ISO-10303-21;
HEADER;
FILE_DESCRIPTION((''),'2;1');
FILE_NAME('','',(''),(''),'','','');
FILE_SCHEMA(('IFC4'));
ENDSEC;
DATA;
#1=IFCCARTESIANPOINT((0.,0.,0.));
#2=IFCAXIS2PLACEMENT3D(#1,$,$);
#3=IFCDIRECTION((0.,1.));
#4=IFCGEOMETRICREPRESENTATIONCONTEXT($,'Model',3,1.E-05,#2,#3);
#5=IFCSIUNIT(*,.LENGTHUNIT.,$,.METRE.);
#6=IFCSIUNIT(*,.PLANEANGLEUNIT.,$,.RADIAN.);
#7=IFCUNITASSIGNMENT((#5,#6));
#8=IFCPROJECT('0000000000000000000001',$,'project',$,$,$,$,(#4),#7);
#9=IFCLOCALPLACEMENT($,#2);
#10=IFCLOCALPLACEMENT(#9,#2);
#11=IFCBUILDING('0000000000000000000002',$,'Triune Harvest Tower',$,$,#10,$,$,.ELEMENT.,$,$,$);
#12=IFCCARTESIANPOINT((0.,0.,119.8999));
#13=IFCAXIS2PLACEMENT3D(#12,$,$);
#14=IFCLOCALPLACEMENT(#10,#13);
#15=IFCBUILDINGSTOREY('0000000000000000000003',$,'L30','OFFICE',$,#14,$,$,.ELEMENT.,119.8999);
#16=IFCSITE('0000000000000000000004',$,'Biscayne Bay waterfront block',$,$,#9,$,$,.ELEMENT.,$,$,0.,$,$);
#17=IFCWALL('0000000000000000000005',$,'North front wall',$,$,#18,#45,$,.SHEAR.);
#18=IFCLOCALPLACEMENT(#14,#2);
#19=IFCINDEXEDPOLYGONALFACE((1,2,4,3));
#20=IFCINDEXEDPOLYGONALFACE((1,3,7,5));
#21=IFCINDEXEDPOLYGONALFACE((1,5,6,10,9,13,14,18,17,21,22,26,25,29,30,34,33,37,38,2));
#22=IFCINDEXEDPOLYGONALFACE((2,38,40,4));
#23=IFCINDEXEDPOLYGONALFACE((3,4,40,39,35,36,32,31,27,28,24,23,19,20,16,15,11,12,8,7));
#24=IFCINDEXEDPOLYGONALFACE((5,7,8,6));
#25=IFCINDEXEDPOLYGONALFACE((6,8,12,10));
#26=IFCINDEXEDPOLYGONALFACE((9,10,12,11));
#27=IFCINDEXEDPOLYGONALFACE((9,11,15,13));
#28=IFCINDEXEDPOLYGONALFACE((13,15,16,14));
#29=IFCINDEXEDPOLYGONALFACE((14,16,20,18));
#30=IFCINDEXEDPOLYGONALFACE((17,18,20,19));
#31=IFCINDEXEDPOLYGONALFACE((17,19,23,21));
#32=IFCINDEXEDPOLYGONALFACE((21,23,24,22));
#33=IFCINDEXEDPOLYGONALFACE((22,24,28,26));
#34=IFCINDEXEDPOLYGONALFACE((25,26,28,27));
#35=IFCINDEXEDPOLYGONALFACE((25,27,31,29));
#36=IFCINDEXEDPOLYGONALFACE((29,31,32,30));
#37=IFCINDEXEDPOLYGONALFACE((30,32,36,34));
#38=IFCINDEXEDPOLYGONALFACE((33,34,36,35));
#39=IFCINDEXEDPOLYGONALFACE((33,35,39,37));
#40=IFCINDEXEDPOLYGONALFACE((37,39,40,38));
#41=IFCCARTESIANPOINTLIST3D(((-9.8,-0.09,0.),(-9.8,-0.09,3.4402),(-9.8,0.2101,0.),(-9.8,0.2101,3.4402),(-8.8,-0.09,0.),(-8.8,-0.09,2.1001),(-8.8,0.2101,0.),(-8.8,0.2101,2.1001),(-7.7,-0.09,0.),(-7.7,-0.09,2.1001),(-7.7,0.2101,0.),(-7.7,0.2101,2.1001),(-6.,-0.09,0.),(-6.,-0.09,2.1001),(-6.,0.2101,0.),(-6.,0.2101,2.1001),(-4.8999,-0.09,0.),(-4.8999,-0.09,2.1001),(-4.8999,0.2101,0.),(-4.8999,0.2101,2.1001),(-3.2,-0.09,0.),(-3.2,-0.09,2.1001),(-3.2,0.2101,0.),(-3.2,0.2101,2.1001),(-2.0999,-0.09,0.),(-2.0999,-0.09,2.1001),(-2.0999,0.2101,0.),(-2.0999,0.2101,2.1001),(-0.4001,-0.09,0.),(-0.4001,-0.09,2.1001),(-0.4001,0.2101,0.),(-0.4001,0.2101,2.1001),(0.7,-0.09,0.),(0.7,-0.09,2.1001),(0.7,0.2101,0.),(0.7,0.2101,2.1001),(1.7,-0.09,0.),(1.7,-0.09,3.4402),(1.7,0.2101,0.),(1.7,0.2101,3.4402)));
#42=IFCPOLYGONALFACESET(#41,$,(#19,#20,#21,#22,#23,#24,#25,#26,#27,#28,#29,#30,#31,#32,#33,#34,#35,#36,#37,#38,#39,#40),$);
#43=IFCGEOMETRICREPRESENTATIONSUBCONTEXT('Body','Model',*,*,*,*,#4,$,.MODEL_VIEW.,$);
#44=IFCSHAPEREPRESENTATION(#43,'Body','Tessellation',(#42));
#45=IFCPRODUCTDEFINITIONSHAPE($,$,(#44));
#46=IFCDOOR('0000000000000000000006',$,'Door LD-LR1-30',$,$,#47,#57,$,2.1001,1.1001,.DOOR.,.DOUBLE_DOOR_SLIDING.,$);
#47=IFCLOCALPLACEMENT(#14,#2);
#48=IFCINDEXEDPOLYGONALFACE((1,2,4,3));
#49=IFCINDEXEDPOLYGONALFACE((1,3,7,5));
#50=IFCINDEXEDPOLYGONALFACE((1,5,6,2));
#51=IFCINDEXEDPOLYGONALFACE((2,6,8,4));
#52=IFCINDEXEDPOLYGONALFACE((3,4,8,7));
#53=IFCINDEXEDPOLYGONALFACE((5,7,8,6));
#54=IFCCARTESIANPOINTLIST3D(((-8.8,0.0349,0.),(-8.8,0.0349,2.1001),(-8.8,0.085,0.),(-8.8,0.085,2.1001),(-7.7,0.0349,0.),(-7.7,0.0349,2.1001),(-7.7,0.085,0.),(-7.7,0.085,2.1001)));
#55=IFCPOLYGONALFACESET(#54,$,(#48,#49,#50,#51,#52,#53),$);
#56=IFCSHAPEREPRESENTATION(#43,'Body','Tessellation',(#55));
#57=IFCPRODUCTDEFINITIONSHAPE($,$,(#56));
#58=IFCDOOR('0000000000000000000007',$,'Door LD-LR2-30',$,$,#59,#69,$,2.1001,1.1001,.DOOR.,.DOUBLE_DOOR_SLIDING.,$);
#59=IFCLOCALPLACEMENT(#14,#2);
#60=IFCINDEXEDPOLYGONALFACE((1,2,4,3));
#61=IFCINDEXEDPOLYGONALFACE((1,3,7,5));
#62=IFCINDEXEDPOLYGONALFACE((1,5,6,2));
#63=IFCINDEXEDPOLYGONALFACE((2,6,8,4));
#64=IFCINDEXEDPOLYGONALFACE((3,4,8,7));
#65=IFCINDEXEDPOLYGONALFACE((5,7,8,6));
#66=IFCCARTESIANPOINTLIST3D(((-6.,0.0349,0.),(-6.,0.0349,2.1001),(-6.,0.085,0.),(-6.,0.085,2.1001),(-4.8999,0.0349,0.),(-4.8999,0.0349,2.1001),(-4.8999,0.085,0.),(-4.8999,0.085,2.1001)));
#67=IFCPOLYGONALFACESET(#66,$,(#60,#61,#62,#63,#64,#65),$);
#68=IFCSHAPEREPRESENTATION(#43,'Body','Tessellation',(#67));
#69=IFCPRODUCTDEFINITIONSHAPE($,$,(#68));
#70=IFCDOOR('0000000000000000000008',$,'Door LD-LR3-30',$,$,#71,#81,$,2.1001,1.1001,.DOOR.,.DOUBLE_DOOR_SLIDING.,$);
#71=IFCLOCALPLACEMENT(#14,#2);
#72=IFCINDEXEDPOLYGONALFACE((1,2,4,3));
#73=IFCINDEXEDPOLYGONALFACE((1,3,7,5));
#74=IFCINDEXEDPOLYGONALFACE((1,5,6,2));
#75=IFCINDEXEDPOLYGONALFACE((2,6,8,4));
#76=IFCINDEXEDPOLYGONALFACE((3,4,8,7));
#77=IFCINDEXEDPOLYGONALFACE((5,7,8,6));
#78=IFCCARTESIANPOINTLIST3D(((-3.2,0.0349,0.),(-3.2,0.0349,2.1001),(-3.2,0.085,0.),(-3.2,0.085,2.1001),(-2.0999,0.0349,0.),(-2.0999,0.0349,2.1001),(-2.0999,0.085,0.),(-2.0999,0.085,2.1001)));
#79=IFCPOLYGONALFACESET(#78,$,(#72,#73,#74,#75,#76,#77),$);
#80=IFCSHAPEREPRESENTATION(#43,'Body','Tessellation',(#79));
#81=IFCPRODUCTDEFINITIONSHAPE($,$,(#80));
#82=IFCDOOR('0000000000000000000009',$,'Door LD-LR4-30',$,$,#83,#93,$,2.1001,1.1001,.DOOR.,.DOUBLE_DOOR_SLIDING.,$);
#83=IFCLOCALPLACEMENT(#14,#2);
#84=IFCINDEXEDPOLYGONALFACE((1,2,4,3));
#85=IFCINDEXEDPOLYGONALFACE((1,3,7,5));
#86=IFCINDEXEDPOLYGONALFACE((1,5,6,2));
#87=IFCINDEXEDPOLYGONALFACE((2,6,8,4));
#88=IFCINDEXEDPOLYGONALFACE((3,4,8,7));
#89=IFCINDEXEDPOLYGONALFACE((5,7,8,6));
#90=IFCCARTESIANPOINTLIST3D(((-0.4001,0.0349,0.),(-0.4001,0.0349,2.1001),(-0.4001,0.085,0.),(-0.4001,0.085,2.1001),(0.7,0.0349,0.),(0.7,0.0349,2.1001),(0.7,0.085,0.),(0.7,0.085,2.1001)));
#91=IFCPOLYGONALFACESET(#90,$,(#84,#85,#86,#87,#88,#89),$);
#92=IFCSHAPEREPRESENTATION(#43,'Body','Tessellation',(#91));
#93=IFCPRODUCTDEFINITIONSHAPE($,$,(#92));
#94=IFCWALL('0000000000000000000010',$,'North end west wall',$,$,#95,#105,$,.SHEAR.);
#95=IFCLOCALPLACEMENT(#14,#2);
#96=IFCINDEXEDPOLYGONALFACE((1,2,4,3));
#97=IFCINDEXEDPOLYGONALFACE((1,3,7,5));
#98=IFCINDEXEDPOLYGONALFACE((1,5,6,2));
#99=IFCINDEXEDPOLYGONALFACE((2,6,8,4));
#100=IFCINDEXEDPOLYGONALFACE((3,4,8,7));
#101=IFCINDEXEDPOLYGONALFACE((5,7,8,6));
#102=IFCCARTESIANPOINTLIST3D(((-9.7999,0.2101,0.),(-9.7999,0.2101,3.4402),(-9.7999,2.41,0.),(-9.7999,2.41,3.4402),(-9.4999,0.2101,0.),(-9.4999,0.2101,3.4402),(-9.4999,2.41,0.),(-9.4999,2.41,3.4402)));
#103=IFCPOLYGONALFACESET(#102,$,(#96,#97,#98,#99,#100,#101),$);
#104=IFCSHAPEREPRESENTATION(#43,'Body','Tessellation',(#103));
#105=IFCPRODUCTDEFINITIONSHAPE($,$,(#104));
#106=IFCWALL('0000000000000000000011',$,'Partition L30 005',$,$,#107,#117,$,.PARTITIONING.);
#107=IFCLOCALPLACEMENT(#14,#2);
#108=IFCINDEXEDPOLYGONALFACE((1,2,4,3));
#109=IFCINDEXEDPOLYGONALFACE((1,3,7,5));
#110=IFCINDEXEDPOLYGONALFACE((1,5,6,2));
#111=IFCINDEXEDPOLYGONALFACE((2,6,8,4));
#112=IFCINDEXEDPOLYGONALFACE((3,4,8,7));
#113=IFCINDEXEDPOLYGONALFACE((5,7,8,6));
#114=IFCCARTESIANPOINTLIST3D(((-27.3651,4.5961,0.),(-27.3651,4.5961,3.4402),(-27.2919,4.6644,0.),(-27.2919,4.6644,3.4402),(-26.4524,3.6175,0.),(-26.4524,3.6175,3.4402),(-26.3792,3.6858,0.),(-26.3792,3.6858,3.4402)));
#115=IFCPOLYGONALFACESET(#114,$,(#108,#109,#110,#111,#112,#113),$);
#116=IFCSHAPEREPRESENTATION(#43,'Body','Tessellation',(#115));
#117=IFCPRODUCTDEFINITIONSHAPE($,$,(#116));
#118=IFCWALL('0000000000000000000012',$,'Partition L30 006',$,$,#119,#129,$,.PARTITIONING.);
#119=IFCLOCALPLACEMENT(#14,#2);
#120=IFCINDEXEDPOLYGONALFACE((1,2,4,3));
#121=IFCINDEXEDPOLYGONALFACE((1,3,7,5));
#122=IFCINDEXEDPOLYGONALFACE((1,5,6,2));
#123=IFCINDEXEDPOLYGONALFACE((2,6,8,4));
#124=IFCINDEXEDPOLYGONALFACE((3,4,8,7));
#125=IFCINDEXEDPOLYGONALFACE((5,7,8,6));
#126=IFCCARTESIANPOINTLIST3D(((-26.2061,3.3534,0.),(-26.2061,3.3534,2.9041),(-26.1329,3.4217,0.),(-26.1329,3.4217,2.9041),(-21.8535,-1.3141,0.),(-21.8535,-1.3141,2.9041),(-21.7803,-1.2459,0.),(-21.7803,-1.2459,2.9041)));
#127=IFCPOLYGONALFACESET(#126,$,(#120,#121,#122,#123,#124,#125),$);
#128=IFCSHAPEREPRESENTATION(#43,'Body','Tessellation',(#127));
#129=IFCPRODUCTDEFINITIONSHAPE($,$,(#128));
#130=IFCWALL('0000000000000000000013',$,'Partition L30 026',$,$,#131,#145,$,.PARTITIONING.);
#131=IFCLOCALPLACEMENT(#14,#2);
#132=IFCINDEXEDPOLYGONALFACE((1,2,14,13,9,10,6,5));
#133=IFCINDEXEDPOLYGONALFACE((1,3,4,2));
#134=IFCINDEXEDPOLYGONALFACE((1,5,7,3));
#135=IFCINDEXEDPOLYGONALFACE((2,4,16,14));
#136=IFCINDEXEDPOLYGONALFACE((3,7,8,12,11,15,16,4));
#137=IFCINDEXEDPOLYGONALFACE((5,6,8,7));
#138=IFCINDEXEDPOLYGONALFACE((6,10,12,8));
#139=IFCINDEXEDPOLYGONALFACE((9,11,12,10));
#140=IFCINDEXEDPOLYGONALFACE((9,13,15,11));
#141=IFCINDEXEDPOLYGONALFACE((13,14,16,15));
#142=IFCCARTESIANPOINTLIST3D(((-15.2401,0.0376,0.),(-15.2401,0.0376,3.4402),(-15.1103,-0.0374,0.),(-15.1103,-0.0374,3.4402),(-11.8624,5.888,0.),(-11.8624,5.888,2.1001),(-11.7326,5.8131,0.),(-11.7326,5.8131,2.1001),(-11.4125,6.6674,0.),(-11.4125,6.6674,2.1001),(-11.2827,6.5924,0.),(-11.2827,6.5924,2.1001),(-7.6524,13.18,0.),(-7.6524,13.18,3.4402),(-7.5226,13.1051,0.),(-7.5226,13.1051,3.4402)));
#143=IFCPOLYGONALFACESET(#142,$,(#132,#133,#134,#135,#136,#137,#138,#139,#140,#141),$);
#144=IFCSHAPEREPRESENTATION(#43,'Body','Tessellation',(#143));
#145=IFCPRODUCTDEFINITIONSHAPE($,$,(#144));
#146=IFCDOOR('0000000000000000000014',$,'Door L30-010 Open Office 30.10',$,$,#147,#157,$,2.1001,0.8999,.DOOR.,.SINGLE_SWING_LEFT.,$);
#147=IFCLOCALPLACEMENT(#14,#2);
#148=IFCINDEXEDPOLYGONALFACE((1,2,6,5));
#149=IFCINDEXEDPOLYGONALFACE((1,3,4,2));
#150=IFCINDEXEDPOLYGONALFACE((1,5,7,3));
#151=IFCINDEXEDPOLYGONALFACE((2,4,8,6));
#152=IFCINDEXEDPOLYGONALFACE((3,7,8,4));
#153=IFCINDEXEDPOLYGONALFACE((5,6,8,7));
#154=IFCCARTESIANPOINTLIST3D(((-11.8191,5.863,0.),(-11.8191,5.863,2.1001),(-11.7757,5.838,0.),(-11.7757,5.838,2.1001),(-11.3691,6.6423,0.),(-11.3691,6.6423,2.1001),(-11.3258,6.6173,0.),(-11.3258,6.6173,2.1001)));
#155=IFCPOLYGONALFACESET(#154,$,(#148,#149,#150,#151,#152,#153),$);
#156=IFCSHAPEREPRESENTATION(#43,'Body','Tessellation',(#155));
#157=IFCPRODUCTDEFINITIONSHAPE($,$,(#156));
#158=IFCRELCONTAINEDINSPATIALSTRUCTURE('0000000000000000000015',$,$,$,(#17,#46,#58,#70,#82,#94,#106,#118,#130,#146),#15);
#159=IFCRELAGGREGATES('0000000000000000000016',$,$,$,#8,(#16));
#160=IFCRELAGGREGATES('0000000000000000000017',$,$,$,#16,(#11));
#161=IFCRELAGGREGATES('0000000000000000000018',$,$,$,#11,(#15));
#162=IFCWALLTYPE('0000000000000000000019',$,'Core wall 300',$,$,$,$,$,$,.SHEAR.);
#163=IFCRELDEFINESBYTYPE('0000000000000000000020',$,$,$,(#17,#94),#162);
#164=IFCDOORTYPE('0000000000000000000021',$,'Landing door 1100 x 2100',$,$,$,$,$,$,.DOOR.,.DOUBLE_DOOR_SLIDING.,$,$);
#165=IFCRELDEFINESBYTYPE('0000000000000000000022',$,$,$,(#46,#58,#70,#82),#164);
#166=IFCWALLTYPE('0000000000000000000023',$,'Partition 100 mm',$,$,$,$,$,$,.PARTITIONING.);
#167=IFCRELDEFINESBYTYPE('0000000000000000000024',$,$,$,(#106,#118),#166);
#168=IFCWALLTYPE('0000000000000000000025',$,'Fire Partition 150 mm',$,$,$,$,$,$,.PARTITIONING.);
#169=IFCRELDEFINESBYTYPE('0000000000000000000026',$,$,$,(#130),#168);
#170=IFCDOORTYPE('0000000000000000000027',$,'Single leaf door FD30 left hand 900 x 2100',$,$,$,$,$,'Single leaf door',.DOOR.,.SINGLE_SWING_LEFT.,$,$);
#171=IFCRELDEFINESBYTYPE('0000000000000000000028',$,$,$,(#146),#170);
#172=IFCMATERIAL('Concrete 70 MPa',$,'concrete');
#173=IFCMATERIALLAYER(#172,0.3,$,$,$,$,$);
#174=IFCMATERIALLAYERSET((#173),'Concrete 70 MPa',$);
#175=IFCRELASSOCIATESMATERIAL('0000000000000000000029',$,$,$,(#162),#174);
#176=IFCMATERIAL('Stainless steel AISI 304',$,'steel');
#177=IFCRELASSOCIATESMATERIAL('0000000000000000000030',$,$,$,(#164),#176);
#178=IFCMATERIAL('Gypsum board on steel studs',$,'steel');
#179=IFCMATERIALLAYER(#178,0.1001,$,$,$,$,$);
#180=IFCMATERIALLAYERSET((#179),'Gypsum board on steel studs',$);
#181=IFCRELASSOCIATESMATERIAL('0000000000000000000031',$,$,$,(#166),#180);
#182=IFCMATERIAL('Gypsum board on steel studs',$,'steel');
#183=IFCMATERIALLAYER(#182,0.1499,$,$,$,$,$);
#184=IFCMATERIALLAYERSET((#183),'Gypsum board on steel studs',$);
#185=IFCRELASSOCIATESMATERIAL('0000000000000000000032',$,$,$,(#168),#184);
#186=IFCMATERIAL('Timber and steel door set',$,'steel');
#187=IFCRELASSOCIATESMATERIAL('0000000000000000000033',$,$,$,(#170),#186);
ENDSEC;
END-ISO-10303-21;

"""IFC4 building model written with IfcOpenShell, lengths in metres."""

from ifc_helpers import new_model, si_unit, direction, frame, frame_2d, origin, place, context, subcontext, project, spatial, rectangle, extrude, source, transform, mapped, material, layer, layer_set, type_object, element, fill, save


model = new_model("IFC4")

# Units and contexts
model_context = context("Model", 3, precision=1e-05, world=origin(), true_north=direction((0.0, 1.0)))
body_context = subcontext(model_context, "Body", "Model", "MODEL_VIEW")
ifc_project = project(units=[si_unit("LENGTHUNIT", "METRE"), si_unit("PLANEANGLEUNIT", "RADIAN")], contexts=[model_context])

# Site, building, storey
site_placement = place(None, origin())
site = spatial("IfcSite", under=ifc_project, at=site_placement, Name="Biscayne Bay waterfront block", CompositionType="ELEMENT", RefElevation=0.0)
building_placement = place(site_placement, origin())
building = spatial("IfcBuilding", under=site, at=building_placement, Name="Triune Harvest Tower", CompositionType="ELEMENT")
storey_placement = place(building_placement, frame((0.0, 0.0, 119.8999)))
storey = spatial("IfcBuildingStorey", under=building, at=storey_placement, Name="L30", Description="OFFICE", CompositionType="ELEMENT", Elevation=119.8999)

# Wall, openings, doors
ifc_material_1 = material(Name="Concrete 70 MPa", Category="concrete")
ifc_layer_1 = layer(ifc_material_1, 0.3)
ifc_layer_set_1 = layer_set([ifc_layer_1], Name="Concrete 70 MPa")
wall_type_1 = type_object("IfcWallType", Name="Core wall 300", PredefinedType="SHEAR", material=ifc_layer_set_1)
shared_shape_1 = source(origin(), body_context, "Body", "SweptSolid", [
    extrude(rectangle(XDim=11.5, YDim=0.3, at=frame_2d((5.75, 0.0))), origin(), (0.0, 0.0, 1.0), 3.4402),
])
wall_1_placement = place(storey_placement, frame((-9.8, 0.0601, 0.0), z_axis=(0.0, 0.0, 1.0), x_axis=(1.0, 0.0, 0.0)))
wall_1 = element("IfcWall", 1, at=wall_1_placement, inside=storey, type_object=wall_type_1, Name="North front wall", PredefinedType="SHEAR", context=body_context, shape_type="MappedRepresentation", body=[
    mapped(shared_shape_1, transform((0.0, 0.0, 0.0), scale=1.0)),
])
opening_1_placement = place(wall_1_placement, frame((1.0, 0.0, 0.0)))
opening_1 = element("IfcOpeningElement", 2, at=opening_1_placement, cuts=wall_1, PredefinedType="OPENING", context=body_context, shape_type="SweptSolid", body=[
    extrude(rectangle(XDim=1.1001, YDim=2.1001, at=frame_2d((0.55, 1.05))), frame((0.0, 0.1602, 0.0), z_axis=(0.0, -1.0, 0.0), x_axis=(1.0, 0.0, 0.0)), (0.0, 0.0, 1.0), 0.3201),
])
opening_2_placement = place(wall_1_placement, frame((3.8, 0.0, 0.0)))
opening_2 = element("IfcOpeningElement", 3, at=opening_2_placement, cuts=wall_1, PredefinedType="OPENING", context=body_context, shape_type="SweptSolid", body=[
    extrude(rectangle(XDim=1.1001, YDim=2.1001, at=frame_2d((0.55, 1.05))), frame((0.0, 0.1602, 0.0), z_axis=(0.0, -1.0, 0.0), x_axis=(1.0, 0.0, 0.0)), (0.0, 0.0, 1.0), 0.3201),
])
opening_3_placement = place(wall_1_placement, frame((6.6001, 0.0, 0.0)))
opening_3 = element("IfcOpeningElement", 4, at=opening_3_placement, cuts=wall_1, PredefinedType="OPENING", context=body_context, shape_type="SweptSolid", body=[
    extrude(rectangle(XDim=1.1001, YDim=2.1001, at=frame_2d((0.55, 1.05))), frame((0.0, 0.1602, 0.0), z_axis=(0.0, -1.0, 0.0), x_axis=(1.0, 0.0, 0.0)), (0.0, 0.0, 1.0), 0.3201),
])
opening_4_placement = place(wall_1_placement, frame((9.3999, 0.0, 0.0)))
opening_4 = element("IfcOpeningElement", 5, at=opening_4_placement, cuts=wall_1, PredefinedType="OPENING", context=body_context, shape_type="SweptSolid", body=[
    extrude(rectangle(XDim=1.1001, YDim=2.1001, at=frame_2d((0.55, 1.05))), frame((0.0, 0.1602, 0.0), z_axis=(0.0, -1.0, 0.0), x_axis=(1.0, 0.0, 0.0)), (0.0, 0.0, 1.0), 0.3201),
])
ifc_material_2 = material(Name="Stainless steel AISI 304", Category="steel")
door_type_1 = type_object("IfcDoorType", Name="Landing door 1100 x 2100", OperationType="DOUBLE_DOOR_SLIDING", PredefinedType="DOOR", material=ifc_material_2)
door_1_placement = place(opening_1_placement, origin())
door_1 = element("IfcDoor", 6, at=door_1_placement, inside=storey, type_object=door_type_1, Name="Door LD-LR1-30", OperationType="DOUBLE_DOOR_SLIDING", OverallHeight=2.1001, OverallWidth=1.1001, PredefinedType="DOOR", context=body_context, shape_type="SweptSolid", body=[
    extrude(rectangle(XDim=1.1001, YDim=2.1001, at=frame_2d((0.55, 1.05))), frame((0.0, 0.0249, 0.0), z_axis=(0.0, -1.0, 0.0), x_axis=(1.0, 0.0, 0.0)), (0.0, 0.0, 1.0), 0.05),
])
fill(opening_1, door_1)
door_2_placement = place(opening_2_placement, origin())
door_2 = element("IfcDoor", 7, at=door_2_placement, inside=storey, type_object=door_type_1, Name="Door LD-LR2-30", OperationType="DOUBLE_DOOR_SLIDING", OverallHeight=2.1001, OverallWidth=1.1001, PredefinedType="DOOR", context=body_context, shape_type="SweptSolid", body=[
    extrude(rectangle(XDim=1.1001, YDim=2.1001, at=frame_2d((0.55, 1.05))), frame((0.0, 0.0249, 0.0), z_axis=(0.0, -1.0, 0.0), x_axis=(1.0, 0.0, 0.0)), (0.0, 0.0, 1.0), 0.05),
])
fill(opening_2, door_2)
door_3_placement = place(opening_3_placement, origin())
door_3 = element("IfcDoor", 8, at=door_3_placement, inside=storey, type_object=door_type_1, Name="Door LD-LR3-30", OperationType="DOUBLE_DOOR_SLIDING", OverallHeight=2.1001, OverallWidth=1.1001, PredefinedType="DOOR", context=body_context, shape_type="SweptSolid", body=[
    extrude(rectangle(XDim=1.1001, YDim=2.1001, at=frame_2d((0.55, 1.05))), frame((0.0, 0.0249, 0.0), z_axis=(0.0, -1.0, 0.0), x_axis=(1.0, 0.0, 0.0)), (0.0, 0.0, 1.0), 0.05),
])
fill(opening_3, door_3)
door_4_placement = place(opening_4_placement, origin())
door_4 = element("IfcDoor", 9, at=door_4_placement, inside=storey, type_object=door_type_1, Name="Door LD-LR4-30", OperationType="DOUBLE_DOOR_SLIDING", OverallHeight=2.1001, OverallWidth=1.1001, PredefinedType="DOOR", context=body_context, shape_type="SweptSolid", body=[
    extrude(rectangle(XDim=1.1001, YDim=2.1001, at=frame_2d((0.55, 1.05))), frame((0.0, 0.0249, 0.0), z_axis=(0.0, -1.0, 0.0), x_axis=(1.0, 0.0, 0.0)), (0.0, 0.0, 1.0), 0.05),
])
fill(opening_4, door_4)

# Walls
shared_shape_2 = source(origin(), body_context, "Body", "SweptSolid", [
    extrude(rectangle(XDim=2.2, YDim=0.3, at=frame_2d((1.1001, 0.0))), origin(), (0.0, 0.0, 1.0), 3.4402),
])
wall_2_placement = place(storey_placement, frame((-9.6499, 0.21, 0.0), z_axis=(0.0, 0.0, 1.0), x_axis=(0.0, 1.0, 0.0)))
element("IfcWall", 10, at=wall_2_placement, inside=storey, type_object=wall_type_1, Name="North end west wall", PredefinedType="SHEAR", context=body_context, shape_type="MappedRepresentation", body=[
    mapped(shared_shape_2, transform((0.0, 0.0, 0.0), scale=1.0)),
])
ifc_material_3 = material(Name="Gypsum board on steel studs", Category="steel")
ifc_layer_2 = layer(ifc_material_3, 0.1001)
ifc_layer_set_2 = layer_set([ifc_layer_2], Name="Gypsum board on steel studs")
wall_type_2 = type_object("IfcWallType", Name="Partition 100 mm", PredefinedType="PARTITIONING", material=ifc_layer_set_2)
shared_shape_3 = source(origin(), body_context, "Body", "SweptSolid", [
    extrude(rectangle(XDim=1.3381, YDim=0.1001, at=frame_2d((0.6689, 0.0))), origin(), (0.0, 0.0, 1.0), 3.4402),
])
wall_3_placement = place(storey_placement, frame((-27.3284, 4.6301, 0.0), z_axis=(0.0, 0.0, 1.0), x_axis=(0.682045, -0.73131, 0.0)))
element("IfcWall", 11, at=wall_3_placement, inside=storey, type_object=wall_type_2, Name="Partition L30 005", PredefinedType="PARTITIONING", context=body_context, shape_type="MappedRepresentation", body=[
    mapped(shared_shape_3, transform((0.0, 0.0, 0.0), scale=1.0)),
])
shared_shape_4 = source(origin(), body_context, "Body", "SweptSolid", [
    extrude(rectangle(XDim=6.3821, YDim=0.1001, at=frame_2d((3.1909, 0.0))), origin(), (0.0, 0.0, 1.0), 2.9041),
])
wall_4_placement = place(storey_placement, frame((-26.1694, 3.3875, 0.0), z_axis=(0.0, 0.0, 1.0), x_axis=(0.682002, -0.73135, 0.0)))
element("IfcWall", 12, at=wall_4_placement, inside=storey, type_object=wall_type_2, Name="Partition L30 006", PredefinedType="PARTITIONING", context=body_context, shape_type="MappedRepresentation", body=[
    mapped(shared_shape_4, transform((0.0, 0.0, 0.0), scale=1.0)),
])

# Wall, opening, door
ifc_material_4 = material(Name="Gypsum board on steel studs", Category="steel")
ifc_layer_3 = layer(ifc_material_4, 0.1499)
ifc_layer_set_3 = layer_set([ifc_layer_3], Name="Gypsum board on steel studs")
wall_type_3 = type_object("IfcWallType", Name="Fire Partition 150 mm", PredefinedType="PARTITIONING", material=ifc_layer_set_3)
shared_shape_5 = source(origin(), body_context, "Body", "SweptSolid", [
    extrude(rectangle(XDim=15.1755, YDim=0.1499, at=frame_2d((7.5879, 0.0))), origin(), (0.0, 0.0, 1.0), 3.4402),
])
wall_5_placement = place(storey_placement, frame((-15.1753, 0.0, 0.0), z_axis=(0.0, 0.0, 1.0), x_axis=(0.499996, 0.866028, 0.0)))
wall_5 = element("IfcWall", 13, at=wall_5_placement, inside=storey, type_object=wall_type_3, Name="Partition L30 026", PredefinedType="PARTITIONING", context=body_context, shape_type="MappedRepresentation", body=[
    mapped(shared_shape_5, transform((0.0, 0.0, 0.0), scale=1.0)),
])
opening_5_placement = place(wall_5_placement, frame((6.7556, 0.0, 0.0)))
opening_5 = element("IfcOpeningElement", 14, at=opening_5_placement, cuts=wall_5, PredefinedType="OPENING", context=body_context, shape_type="SweptSolid", body=[
    extrude(rectangle(XDim=0.8999, YDim=2.1001, at=frame_2d((0.45, 1.05))), frame((0.0, 0.085, 0.0), z_axis=(0.0, -1.0, 0.0), x_axis=(1.0, 0.0, 0.0)), (0.0, 0.0, 1.0), 0.1699),
])
ifc_material_5 = material(Name="Timber and steel door set", Category="steel")
door_type_2 = type_object("IfcDoorType", Name="Single leaf door FD30 left hand 900 x 2100", ElementType="Single leaf door", OperationType="SINGLE_SWING_LEFT", PredefinedType="DOOR", material=ifc_material_5)
door_5_placement = place(opening_5_placement, origin())
door_5 = element("IfcDoor", 15, at=door_5_placement, inside=storey, type_object=door_type_2, Name="Door L30-010 Open Office 30.10", OperationType="SINGLE_SWING_LEFT", OverallHeight=2.1001, OverallWidth=0.8999, PredefinedType="DOOR", context=body_context, shape_type="SweptSolid", body=[
    extrude(rectangle(XDim=0.8999, YDim=2.1001, at=frame_2d((0.45, 1.05))), frame((0.0, 0.0249, 0.0), z_axis=(0.0, -1.0, 0.0), x_axis=(1.0, 0.0, 0.0)), (0.0, 0.0, 1.0), 0.05),
])
fill(opening_5, door_5)

save(model, "model.ifc")
